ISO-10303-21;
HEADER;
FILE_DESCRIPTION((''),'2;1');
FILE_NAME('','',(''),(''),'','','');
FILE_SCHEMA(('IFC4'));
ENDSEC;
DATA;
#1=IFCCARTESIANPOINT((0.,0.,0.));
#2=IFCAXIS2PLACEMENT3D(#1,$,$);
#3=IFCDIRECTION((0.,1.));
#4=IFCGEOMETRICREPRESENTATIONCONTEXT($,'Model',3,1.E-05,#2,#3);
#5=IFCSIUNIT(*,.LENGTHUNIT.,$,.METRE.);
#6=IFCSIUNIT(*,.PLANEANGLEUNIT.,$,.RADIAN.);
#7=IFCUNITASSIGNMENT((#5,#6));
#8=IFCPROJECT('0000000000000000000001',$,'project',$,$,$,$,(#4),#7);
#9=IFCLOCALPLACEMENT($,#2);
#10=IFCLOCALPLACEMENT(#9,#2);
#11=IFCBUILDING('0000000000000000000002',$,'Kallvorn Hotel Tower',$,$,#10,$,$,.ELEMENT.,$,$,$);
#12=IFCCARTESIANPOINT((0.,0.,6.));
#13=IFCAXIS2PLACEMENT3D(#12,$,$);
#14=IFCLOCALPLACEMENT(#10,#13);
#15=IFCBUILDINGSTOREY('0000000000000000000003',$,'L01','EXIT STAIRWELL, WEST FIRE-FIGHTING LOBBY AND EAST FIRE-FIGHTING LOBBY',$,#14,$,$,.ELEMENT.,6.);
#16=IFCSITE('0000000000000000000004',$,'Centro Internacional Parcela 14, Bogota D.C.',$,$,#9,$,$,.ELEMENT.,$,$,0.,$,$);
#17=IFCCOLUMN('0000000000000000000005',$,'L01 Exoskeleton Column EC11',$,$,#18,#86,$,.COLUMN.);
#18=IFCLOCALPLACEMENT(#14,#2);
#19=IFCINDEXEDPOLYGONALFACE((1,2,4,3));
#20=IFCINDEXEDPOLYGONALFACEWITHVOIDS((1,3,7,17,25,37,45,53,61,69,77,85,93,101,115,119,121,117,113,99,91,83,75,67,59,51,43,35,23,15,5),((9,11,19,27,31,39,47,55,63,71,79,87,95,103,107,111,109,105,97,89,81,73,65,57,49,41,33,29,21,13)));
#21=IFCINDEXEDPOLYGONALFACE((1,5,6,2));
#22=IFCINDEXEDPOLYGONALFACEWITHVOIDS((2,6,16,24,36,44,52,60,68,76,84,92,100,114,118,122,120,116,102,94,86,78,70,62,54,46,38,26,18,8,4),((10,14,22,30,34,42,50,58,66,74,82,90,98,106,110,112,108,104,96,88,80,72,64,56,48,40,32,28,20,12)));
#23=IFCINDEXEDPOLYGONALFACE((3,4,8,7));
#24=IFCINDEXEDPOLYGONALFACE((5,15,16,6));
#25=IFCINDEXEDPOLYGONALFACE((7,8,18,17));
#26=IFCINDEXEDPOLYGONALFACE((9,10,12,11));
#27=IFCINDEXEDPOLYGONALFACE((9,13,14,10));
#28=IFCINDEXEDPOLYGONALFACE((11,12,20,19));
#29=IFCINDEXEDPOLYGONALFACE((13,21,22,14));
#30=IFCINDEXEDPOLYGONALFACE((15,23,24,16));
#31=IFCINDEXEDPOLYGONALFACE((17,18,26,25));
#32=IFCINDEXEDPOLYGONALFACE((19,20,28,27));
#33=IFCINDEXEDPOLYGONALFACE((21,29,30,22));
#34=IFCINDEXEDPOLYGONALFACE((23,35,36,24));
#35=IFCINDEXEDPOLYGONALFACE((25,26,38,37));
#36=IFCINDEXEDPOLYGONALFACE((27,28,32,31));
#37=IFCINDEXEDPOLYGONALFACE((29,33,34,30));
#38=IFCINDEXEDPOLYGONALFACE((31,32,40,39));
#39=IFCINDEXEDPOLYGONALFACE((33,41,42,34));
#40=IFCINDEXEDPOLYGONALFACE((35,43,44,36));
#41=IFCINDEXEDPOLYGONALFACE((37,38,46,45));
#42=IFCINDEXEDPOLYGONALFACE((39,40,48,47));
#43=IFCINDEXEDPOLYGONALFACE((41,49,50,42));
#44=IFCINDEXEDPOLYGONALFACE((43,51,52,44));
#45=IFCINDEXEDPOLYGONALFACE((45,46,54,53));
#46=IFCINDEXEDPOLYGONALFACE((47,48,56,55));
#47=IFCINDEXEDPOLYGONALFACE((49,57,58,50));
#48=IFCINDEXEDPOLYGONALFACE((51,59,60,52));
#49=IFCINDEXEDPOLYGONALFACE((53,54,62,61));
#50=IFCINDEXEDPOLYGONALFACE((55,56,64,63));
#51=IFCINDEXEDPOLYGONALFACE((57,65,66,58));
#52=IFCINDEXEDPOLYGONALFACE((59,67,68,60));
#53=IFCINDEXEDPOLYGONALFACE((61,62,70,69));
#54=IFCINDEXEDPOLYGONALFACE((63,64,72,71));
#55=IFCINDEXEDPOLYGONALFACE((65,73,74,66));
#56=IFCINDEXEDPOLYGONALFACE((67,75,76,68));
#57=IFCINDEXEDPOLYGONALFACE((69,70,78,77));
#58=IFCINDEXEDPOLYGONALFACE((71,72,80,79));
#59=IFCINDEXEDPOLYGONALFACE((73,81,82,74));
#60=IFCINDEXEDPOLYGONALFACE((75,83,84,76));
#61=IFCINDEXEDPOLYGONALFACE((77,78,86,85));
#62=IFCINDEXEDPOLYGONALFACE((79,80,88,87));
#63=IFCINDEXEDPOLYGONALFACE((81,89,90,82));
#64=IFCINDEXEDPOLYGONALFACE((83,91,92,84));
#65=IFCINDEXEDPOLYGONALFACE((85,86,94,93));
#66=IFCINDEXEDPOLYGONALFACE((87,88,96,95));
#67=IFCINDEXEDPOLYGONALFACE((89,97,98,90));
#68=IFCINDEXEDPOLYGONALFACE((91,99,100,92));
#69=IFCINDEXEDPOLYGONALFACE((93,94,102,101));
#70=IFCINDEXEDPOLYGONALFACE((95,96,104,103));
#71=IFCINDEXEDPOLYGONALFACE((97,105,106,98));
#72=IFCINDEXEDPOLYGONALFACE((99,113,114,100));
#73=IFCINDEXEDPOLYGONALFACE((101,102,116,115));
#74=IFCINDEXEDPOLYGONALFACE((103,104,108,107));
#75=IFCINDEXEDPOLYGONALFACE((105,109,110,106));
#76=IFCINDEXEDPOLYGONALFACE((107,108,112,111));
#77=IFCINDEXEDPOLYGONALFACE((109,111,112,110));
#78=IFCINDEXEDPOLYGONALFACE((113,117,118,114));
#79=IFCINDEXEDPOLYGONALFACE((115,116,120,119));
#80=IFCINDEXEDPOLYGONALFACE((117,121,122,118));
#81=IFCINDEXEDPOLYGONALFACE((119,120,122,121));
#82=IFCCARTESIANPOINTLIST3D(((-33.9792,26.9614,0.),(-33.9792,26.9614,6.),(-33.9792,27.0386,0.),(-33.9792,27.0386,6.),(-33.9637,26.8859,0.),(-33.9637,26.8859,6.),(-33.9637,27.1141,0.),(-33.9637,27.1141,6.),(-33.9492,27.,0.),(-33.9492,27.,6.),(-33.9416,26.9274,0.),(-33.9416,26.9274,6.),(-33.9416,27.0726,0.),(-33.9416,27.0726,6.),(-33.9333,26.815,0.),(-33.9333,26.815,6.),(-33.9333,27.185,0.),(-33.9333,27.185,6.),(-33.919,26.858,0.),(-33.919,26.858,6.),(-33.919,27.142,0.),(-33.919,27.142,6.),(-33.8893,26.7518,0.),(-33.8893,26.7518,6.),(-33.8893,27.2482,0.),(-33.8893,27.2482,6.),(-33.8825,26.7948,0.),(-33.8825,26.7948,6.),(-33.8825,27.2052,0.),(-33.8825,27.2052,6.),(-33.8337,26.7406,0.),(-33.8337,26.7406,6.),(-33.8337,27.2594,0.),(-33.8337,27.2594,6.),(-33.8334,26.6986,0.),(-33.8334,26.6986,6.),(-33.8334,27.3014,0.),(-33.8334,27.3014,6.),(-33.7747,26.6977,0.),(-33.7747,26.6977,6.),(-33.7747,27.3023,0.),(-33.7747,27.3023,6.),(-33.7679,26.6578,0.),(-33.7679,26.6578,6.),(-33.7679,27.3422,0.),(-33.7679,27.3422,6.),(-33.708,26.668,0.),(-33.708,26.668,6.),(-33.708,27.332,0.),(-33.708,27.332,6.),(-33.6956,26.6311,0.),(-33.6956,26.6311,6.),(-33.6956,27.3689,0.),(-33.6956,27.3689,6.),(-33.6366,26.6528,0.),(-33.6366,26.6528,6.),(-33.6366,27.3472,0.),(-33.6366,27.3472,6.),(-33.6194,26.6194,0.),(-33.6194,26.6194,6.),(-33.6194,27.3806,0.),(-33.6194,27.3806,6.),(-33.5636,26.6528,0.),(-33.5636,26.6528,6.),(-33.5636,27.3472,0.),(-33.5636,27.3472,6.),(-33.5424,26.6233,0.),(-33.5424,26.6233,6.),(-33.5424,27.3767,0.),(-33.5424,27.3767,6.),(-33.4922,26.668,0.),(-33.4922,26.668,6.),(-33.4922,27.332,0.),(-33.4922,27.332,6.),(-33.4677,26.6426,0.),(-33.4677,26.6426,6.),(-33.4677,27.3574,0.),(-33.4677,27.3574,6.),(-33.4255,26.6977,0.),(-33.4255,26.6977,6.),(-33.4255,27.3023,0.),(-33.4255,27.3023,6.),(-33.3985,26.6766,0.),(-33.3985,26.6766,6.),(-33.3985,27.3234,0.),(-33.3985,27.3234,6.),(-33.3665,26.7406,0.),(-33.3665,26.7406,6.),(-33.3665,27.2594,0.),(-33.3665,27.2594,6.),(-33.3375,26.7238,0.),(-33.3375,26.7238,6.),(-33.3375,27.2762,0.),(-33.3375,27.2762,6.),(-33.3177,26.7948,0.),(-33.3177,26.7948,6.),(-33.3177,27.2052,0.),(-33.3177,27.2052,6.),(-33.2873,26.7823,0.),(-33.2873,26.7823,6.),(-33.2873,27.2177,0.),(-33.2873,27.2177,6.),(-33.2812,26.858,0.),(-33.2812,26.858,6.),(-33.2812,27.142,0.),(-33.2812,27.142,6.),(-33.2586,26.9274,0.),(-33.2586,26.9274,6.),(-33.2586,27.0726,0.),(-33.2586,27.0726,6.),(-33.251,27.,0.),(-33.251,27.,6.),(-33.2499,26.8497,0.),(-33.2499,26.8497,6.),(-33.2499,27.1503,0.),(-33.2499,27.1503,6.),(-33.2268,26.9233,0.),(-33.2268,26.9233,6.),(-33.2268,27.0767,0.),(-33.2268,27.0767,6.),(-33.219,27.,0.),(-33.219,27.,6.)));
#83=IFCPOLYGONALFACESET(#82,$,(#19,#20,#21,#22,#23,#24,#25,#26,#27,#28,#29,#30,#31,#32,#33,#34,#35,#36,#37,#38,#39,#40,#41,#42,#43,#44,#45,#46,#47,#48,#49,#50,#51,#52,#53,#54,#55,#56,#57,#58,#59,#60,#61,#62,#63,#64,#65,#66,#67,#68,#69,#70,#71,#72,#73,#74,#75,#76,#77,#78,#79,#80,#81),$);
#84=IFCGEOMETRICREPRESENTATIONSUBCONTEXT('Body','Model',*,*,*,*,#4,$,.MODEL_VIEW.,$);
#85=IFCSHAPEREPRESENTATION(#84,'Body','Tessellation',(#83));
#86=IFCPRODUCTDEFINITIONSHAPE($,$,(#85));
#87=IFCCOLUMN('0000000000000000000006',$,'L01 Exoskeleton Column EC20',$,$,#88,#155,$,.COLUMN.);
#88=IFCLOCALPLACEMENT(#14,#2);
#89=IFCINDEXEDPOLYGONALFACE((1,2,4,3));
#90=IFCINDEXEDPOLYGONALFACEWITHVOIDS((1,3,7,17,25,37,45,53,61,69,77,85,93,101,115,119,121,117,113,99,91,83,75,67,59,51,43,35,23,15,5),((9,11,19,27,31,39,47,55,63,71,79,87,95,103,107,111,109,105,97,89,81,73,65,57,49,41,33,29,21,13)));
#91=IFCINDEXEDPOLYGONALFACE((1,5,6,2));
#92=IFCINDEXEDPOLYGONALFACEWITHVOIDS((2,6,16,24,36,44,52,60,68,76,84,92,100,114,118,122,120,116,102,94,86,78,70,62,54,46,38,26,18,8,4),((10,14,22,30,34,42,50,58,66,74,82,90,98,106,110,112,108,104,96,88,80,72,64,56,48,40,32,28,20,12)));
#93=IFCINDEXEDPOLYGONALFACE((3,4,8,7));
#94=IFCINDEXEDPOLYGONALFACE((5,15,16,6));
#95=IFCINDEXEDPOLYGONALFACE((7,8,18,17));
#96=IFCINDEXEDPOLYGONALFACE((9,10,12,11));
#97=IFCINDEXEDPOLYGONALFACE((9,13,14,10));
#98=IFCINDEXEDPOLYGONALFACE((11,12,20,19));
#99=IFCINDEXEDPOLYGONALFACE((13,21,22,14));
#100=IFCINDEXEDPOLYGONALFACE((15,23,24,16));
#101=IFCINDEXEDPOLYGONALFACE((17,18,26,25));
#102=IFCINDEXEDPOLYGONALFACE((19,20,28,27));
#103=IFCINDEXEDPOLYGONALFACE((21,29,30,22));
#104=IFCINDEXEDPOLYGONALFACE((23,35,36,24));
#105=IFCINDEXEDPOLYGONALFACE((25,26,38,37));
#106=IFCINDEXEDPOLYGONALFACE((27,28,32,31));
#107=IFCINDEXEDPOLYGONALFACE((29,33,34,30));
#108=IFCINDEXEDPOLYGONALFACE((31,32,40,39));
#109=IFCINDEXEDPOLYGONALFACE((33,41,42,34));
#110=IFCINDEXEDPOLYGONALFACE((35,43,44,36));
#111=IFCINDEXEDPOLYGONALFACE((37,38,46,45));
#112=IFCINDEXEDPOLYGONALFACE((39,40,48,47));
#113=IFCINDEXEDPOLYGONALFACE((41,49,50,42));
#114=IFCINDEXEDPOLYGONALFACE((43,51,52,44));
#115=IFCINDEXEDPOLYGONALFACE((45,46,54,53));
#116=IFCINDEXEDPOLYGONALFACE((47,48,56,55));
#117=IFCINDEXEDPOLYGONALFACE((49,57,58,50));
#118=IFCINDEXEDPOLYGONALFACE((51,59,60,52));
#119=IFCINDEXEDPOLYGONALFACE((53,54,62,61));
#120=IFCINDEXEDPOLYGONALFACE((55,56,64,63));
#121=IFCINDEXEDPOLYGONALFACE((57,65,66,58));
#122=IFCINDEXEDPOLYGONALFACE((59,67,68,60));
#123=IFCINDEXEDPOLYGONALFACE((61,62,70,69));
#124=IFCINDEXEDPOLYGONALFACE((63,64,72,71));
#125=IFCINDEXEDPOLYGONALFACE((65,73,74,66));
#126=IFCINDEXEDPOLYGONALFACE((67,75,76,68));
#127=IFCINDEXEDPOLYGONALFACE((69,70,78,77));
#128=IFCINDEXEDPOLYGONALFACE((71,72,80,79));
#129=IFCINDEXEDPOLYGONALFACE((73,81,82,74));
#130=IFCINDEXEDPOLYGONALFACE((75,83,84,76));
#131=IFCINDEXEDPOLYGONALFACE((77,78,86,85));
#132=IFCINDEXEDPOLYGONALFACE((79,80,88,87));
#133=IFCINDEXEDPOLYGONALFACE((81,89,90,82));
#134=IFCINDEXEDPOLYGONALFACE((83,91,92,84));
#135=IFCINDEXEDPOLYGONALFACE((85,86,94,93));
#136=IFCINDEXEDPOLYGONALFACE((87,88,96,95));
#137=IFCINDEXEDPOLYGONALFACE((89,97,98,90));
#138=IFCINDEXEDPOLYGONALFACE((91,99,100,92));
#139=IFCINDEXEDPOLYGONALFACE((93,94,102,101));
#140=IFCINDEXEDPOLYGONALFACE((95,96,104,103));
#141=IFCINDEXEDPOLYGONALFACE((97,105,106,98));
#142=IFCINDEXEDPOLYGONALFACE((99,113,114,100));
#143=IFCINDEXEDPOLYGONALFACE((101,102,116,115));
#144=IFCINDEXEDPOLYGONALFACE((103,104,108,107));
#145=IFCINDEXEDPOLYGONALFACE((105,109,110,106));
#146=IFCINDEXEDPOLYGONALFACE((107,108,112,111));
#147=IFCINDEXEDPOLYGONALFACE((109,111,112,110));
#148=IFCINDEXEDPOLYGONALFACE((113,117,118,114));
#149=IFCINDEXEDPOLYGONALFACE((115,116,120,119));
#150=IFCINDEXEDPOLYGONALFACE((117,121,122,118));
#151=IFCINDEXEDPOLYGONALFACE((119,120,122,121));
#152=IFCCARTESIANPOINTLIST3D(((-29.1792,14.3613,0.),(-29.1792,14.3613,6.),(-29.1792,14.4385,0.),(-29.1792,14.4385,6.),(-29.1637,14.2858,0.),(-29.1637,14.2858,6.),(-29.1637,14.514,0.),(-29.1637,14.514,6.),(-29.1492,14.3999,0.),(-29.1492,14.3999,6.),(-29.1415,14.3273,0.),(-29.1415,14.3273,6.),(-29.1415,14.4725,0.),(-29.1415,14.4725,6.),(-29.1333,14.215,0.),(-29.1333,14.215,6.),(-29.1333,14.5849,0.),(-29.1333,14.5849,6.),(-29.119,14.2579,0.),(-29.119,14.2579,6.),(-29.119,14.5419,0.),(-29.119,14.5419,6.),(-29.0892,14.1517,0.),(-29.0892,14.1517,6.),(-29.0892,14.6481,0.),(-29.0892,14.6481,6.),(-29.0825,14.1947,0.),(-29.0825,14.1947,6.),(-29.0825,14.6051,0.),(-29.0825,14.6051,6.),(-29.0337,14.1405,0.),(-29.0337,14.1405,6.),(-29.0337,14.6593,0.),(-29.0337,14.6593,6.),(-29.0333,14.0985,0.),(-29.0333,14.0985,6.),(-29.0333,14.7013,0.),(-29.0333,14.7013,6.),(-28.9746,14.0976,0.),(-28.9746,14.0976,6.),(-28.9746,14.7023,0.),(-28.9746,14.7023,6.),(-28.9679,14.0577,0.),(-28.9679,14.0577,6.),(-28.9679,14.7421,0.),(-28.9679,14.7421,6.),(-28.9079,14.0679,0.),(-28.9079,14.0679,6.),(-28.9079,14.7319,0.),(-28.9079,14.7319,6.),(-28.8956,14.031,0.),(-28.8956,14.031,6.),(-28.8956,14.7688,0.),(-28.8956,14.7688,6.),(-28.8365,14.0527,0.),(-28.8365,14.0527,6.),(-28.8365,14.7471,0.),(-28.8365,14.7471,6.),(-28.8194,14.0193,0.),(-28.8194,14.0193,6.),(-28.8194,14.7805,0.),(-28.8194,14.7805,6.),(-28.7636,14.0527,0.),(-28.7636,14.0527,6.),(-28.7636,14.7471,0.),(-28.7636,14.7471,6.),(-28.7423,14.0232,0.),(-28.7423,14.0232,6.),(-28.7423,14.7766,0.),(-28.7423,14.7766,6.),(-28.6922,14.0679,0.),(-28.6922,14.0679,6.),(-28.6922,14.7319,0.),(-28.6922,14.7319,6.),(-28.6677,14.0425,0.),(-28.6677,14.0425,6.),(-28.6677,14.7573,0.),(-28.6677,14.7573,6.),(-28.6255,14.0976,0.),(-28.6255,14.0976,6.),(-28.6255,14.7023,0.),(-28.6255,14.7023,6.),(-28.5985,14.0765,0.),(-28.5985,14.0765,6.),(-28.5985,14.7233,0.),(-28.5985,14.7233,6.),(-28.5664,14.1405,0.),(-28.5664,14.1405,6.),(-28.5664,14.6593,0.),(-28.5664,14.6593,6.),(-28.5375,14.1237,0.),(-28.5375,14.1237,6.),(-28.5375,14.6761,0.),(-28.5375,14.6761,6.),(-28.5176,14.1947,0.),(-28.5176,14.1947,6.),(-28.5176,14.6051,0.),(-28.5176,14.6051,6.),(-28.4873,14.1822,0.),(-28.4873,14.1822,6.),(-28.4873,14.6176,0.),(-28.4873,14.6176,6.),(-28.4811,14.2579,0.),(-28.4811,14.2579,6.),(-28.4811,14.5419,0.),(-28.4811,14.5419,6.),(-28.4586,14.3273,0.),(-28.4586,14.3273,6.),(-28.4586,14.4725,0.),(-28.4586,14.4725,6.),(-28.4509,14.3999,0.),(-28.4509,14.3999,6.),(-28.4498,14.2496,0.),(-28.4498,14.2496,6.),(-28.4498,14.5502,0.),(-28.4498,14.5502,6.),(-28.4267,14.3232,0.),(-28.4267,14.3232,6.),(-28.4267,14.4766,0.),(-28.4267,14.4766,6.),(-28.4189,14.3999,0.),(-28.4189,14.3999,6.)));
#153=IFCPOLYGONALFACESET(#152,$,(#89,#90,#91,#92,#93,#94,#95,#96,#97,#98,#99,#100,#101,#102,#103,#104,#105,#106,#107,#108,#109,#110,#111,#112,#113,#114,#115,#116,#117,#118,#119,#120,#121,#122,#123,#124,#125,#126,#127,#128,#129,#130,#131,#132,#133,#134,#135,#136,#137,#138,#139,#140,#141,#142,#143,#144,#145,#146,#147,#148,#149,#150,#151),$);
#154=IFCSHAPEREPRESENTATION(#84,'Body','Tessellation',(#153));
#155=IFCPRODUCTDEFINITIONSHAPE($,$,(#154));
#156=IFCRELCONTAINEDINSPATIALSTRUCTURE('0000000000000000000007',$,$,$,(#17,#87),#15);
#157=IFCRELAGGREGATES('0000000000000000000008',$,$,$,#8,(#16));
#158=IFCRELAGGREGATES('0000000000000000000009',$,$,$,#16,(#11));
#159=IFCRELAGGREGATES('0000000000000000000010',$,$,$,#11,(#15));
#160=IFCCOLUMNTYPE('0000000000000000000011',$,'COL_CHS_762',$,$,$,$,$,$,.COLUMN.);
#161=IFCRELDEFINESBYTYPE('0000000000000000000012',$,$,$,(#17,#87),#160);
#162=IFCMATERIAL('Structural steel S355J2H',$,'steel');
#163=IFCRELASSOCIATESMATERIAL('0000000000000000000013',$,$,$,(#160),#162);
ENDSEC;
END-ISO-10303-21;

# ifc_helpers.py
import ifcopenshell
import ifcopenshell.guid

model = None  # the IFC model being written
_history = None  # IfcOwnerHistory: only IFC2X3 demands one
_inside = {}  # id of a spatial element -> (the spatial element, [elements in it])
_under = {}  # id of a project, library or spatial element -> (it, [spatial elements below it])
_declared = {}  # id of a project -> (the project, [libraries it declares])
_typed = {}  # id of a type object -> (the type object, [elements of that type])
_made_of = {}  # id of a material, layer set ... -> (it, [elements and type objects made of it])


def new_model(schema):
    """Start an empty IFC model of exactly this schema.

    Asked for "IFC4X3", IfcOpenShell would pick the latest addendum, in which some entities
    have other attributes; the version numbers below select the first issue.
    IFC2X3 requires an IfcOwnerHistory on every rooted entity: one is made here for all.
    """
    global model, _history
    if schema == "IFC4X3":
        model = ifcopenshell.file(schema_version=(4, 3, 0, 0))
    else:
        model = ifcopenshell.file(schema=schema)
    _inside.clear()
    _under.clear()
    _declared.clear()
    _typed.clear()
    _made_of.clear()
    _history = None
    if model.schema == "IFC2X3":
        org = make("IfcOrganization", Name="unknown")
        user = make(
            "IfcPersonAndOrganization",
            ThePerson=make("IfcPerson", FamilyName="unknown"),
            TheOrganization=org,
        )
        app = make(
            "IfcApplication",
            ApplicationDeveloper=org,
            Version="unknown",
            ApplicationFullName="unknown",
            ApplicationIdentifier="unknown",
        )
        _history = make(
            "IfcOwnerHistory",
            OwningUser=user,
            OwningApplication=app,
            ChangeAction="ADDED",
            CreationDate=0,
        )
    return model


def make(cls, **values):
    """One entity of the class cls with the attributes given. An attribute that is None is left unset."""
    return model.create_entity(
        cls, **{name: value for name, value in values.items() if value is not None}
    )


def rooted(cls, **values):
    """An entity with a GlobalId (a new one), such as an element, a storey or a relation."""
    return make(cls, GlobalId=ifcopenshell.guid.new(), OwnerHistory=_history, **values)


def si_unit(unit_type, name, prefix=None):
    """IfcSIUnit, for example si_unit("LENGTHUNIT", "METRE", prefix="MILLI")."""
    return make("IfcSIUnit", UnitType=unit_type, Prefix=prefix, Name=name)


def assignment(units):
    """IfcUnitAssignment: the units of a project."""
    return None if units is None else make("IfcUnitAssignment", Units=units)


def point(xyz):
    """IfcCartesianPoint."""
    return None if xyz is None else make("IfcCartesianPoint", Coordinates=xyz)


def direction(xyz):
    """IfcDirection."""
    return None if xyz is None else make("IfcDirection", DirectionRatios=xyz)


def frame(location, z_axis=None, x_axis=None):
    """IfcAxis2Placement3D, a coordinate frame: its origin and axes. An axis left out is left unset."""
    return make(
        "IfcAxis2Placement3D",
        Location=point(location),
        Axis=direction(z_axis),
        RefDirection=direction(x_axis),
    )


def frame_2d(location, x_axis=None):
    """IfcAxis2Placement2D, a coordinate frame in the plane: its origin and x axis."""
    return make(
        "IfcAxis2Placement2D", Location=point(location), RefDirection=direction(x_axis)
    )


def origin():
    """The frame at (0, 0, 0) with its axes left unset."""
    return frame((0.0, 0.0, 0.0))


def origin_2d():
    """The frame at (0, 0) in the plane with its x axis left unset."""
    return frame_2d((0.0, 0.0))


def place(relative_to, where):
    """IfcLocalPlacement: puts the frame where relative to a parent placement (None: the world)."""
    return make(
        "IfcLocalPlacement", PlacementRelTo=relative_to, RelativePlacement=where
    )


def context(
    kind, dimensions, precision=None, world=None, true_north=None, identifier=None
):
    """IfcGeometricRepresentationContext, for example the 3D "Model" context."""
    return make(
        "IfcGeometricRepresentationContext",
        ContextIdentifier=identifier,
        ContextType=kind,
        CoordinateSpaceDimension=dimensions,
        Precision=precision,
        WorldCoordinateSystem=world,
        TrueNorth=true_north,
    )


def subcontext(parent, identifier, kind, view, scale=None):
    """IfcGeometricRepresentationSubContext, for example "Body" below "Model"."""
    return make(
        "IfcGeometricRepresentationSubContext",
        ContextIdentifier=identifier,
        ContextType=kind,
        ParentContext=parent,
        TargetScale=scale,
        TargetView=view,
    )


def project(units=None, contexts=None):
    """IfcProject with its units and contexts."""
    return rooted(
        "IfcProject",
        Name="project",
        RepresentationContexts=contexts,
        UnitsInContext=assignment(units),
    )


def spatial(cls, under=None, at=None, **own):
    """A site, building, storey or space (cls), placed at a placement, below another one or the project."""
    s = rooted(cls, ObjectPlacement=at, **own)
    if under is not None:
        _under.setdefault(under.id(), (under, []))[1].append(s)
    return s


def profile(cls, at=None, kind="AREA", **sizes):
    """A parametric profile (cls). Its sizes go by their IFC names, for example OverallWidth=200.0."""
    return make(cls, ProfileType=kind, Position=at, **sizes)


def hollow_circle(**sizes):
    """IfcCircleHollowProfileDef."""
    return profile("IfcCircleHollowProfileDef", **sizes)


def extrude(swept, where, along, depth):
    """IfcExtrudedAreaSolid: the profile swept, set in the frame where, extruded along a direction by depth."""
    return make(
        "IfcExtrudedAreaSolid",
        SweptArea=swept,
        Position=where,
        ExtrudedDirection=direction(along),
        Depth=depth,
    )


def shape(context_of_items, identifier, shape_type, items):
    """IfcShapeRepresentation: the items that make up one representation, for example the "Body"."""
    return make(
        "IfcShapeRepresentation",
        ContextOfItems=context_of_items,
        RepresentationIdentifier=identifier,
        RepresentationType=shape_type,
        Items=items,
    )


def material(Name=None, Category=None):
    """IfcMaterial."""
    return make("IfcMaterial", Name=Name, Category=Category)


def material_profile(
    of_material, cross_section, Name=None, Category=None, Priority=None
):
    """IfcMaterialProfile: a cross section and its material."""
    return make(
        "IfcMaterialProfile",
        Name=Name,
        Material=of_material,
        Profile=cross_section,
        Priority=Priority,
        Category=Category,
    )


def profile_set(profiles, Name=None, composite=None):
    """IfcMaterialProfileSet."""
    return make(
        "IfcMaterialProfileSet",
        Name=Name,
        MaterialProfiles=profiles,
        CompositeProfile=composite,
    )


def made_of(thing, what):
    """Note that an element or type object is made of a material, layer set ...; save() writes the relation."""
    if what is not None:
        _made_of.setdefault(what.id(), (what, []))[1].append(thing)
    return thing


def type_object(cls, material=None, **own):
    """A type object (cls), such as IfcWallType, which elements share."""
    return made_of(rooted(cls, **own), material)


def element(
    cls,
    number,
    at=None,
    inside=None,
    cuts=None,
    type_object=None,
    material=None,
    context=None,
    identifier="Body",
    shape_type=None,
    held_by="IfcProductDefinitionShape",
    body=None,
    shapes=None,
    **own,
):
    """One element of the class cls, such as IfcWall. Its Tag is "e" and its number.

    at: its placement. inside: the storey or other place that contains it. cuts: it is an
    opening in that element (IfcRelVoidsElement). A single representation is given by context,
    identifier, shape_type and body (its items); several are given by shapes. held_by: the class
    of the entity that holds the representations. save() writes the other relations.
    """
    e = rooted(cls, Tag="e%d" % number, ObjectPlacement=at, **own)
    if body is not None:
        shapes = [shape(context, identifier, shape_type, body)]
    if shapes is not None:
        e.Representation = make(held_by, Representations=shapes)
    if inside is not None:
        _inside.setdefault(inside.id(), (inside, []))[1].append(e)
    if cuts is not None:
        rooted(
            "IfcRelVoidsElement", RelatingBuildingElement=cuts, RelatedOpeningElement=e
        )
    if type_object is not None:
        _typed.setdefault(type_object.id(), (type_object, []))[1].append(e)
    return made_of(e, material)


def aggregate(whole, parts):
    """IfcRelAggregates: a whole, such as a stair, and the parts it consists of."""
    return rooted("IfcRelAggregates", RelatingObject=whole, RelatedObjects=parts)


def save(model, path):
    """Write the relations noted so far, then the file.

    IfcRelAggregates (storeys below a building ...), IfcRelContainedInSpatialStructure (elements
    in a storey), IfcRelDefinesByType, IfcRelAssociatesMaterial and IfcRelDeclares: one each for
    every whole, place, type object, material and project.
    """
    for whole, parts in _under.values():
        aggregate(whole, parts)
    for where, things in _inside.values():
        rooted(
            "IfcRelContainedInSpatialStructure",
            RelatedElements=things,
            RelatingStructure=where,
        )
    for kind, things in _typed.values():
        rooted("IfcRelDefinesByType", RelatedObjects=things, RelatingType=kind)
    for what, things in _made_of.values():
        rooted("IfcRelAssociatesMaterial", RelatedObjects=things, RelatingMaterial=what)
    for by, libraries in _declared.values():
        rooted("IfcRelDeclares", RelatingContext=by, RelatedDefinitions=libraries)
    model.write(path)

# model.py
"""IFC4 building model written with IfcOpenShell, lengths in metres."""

from ifc_helpers import new_model, si_unit, direction, frame, origin, origin_2d, place, context, subcontext, project, spatial, hollow_circle, extrude, material, material_profile, profile_set, type_object, element, save


model = new_model("IFC4")

# Units and contexts
model_context = context("Model", 3, precision=1e-05, world=origin(), true_north=direction((0.0, 1.0)))
body_context = subcontext(model_context, "Body", "Model", "MODEL_VIEW")
ifc_project = project(units=[si_unit("LENGTHUNIT", "METRE"), si_unit("PLANEANGLEUNIT", "RADIAN")], contexts=[model_context])

# Site, building, storey
site_placement = place(None, origin())
site = spatial("IfcSite", under=ifc_project, at=site_placement, Name="Centro Internacional Parcela 14, Bogota D.C.", CompositionType="ELEMENT", RefElevation=0.0)
building_placement = place(site_placement, origin())
building = spatial("IfcBuilding", under=site, at=building_placement, Name="Kallvorn Hotel Tower", CompositionType="ELEMENT")
storey_placement = place(building_placement, frame((0.0, 0.0, 6.0)))
storey = spatial("IfcBuildingStorey", under=building, at=storey_placement, Name="L01", Description="EXIT STAIRWELL, WEST FIRE-FIGHTING LOBBY AND EAST FIRE-FIGHTING LOBBY", CompositionType="ELEMENT", Elevation=6.0)

# Columns
ifc_material_1 = material(Name="Structural steel S355J2H", Category="steel")
ifc_material_profile_1 = material_profile(ifc_material_1, hollow_circle(Radius=0.3811, WallThickness=0.032, at=origin_2d()), Name="CHS 762x32")
ifc_profile_set_1 = profile_set([ifc_material_profile_1], Name="Structural steel S355J2H")
column_type_1 = type_object("IfcColumnType", Name="COL_CHS_762", PredefinedType="COLUMN", material=ifc_profile_set_1)
for number, where, z_axis, x_axis, name in (
    (1, (-33.6001, 27.0, 0.0), (0.0, 0.0, 1.0), (1.0, 0.0, 0.0), "L01 Exoskeleton Column EC11"),
    (2, (-28.8, 14.3999, 0.0), (0.0, 0.0, 1.0), (1.0, 0.0, 0.0), "L01 Exoskeleton Column EC20"),
):
    element("IfcColumn", number, at=place(storey_placement, frame(where, z_axis=z_axis, x_axis=x_axis)), inside=storey, type_object=column_type_1, Name=name, PredefinedType="COLUMN", context=body_context, shape_type="SweptSolid", body=[
        extrude(hollow_circle(Radius=0.3811, WallThickness=0.032, at=origin_2d()), origin(), (0.0, 0.0, 1.0), 6.0),
    ])

save(model, "model.ifc")
